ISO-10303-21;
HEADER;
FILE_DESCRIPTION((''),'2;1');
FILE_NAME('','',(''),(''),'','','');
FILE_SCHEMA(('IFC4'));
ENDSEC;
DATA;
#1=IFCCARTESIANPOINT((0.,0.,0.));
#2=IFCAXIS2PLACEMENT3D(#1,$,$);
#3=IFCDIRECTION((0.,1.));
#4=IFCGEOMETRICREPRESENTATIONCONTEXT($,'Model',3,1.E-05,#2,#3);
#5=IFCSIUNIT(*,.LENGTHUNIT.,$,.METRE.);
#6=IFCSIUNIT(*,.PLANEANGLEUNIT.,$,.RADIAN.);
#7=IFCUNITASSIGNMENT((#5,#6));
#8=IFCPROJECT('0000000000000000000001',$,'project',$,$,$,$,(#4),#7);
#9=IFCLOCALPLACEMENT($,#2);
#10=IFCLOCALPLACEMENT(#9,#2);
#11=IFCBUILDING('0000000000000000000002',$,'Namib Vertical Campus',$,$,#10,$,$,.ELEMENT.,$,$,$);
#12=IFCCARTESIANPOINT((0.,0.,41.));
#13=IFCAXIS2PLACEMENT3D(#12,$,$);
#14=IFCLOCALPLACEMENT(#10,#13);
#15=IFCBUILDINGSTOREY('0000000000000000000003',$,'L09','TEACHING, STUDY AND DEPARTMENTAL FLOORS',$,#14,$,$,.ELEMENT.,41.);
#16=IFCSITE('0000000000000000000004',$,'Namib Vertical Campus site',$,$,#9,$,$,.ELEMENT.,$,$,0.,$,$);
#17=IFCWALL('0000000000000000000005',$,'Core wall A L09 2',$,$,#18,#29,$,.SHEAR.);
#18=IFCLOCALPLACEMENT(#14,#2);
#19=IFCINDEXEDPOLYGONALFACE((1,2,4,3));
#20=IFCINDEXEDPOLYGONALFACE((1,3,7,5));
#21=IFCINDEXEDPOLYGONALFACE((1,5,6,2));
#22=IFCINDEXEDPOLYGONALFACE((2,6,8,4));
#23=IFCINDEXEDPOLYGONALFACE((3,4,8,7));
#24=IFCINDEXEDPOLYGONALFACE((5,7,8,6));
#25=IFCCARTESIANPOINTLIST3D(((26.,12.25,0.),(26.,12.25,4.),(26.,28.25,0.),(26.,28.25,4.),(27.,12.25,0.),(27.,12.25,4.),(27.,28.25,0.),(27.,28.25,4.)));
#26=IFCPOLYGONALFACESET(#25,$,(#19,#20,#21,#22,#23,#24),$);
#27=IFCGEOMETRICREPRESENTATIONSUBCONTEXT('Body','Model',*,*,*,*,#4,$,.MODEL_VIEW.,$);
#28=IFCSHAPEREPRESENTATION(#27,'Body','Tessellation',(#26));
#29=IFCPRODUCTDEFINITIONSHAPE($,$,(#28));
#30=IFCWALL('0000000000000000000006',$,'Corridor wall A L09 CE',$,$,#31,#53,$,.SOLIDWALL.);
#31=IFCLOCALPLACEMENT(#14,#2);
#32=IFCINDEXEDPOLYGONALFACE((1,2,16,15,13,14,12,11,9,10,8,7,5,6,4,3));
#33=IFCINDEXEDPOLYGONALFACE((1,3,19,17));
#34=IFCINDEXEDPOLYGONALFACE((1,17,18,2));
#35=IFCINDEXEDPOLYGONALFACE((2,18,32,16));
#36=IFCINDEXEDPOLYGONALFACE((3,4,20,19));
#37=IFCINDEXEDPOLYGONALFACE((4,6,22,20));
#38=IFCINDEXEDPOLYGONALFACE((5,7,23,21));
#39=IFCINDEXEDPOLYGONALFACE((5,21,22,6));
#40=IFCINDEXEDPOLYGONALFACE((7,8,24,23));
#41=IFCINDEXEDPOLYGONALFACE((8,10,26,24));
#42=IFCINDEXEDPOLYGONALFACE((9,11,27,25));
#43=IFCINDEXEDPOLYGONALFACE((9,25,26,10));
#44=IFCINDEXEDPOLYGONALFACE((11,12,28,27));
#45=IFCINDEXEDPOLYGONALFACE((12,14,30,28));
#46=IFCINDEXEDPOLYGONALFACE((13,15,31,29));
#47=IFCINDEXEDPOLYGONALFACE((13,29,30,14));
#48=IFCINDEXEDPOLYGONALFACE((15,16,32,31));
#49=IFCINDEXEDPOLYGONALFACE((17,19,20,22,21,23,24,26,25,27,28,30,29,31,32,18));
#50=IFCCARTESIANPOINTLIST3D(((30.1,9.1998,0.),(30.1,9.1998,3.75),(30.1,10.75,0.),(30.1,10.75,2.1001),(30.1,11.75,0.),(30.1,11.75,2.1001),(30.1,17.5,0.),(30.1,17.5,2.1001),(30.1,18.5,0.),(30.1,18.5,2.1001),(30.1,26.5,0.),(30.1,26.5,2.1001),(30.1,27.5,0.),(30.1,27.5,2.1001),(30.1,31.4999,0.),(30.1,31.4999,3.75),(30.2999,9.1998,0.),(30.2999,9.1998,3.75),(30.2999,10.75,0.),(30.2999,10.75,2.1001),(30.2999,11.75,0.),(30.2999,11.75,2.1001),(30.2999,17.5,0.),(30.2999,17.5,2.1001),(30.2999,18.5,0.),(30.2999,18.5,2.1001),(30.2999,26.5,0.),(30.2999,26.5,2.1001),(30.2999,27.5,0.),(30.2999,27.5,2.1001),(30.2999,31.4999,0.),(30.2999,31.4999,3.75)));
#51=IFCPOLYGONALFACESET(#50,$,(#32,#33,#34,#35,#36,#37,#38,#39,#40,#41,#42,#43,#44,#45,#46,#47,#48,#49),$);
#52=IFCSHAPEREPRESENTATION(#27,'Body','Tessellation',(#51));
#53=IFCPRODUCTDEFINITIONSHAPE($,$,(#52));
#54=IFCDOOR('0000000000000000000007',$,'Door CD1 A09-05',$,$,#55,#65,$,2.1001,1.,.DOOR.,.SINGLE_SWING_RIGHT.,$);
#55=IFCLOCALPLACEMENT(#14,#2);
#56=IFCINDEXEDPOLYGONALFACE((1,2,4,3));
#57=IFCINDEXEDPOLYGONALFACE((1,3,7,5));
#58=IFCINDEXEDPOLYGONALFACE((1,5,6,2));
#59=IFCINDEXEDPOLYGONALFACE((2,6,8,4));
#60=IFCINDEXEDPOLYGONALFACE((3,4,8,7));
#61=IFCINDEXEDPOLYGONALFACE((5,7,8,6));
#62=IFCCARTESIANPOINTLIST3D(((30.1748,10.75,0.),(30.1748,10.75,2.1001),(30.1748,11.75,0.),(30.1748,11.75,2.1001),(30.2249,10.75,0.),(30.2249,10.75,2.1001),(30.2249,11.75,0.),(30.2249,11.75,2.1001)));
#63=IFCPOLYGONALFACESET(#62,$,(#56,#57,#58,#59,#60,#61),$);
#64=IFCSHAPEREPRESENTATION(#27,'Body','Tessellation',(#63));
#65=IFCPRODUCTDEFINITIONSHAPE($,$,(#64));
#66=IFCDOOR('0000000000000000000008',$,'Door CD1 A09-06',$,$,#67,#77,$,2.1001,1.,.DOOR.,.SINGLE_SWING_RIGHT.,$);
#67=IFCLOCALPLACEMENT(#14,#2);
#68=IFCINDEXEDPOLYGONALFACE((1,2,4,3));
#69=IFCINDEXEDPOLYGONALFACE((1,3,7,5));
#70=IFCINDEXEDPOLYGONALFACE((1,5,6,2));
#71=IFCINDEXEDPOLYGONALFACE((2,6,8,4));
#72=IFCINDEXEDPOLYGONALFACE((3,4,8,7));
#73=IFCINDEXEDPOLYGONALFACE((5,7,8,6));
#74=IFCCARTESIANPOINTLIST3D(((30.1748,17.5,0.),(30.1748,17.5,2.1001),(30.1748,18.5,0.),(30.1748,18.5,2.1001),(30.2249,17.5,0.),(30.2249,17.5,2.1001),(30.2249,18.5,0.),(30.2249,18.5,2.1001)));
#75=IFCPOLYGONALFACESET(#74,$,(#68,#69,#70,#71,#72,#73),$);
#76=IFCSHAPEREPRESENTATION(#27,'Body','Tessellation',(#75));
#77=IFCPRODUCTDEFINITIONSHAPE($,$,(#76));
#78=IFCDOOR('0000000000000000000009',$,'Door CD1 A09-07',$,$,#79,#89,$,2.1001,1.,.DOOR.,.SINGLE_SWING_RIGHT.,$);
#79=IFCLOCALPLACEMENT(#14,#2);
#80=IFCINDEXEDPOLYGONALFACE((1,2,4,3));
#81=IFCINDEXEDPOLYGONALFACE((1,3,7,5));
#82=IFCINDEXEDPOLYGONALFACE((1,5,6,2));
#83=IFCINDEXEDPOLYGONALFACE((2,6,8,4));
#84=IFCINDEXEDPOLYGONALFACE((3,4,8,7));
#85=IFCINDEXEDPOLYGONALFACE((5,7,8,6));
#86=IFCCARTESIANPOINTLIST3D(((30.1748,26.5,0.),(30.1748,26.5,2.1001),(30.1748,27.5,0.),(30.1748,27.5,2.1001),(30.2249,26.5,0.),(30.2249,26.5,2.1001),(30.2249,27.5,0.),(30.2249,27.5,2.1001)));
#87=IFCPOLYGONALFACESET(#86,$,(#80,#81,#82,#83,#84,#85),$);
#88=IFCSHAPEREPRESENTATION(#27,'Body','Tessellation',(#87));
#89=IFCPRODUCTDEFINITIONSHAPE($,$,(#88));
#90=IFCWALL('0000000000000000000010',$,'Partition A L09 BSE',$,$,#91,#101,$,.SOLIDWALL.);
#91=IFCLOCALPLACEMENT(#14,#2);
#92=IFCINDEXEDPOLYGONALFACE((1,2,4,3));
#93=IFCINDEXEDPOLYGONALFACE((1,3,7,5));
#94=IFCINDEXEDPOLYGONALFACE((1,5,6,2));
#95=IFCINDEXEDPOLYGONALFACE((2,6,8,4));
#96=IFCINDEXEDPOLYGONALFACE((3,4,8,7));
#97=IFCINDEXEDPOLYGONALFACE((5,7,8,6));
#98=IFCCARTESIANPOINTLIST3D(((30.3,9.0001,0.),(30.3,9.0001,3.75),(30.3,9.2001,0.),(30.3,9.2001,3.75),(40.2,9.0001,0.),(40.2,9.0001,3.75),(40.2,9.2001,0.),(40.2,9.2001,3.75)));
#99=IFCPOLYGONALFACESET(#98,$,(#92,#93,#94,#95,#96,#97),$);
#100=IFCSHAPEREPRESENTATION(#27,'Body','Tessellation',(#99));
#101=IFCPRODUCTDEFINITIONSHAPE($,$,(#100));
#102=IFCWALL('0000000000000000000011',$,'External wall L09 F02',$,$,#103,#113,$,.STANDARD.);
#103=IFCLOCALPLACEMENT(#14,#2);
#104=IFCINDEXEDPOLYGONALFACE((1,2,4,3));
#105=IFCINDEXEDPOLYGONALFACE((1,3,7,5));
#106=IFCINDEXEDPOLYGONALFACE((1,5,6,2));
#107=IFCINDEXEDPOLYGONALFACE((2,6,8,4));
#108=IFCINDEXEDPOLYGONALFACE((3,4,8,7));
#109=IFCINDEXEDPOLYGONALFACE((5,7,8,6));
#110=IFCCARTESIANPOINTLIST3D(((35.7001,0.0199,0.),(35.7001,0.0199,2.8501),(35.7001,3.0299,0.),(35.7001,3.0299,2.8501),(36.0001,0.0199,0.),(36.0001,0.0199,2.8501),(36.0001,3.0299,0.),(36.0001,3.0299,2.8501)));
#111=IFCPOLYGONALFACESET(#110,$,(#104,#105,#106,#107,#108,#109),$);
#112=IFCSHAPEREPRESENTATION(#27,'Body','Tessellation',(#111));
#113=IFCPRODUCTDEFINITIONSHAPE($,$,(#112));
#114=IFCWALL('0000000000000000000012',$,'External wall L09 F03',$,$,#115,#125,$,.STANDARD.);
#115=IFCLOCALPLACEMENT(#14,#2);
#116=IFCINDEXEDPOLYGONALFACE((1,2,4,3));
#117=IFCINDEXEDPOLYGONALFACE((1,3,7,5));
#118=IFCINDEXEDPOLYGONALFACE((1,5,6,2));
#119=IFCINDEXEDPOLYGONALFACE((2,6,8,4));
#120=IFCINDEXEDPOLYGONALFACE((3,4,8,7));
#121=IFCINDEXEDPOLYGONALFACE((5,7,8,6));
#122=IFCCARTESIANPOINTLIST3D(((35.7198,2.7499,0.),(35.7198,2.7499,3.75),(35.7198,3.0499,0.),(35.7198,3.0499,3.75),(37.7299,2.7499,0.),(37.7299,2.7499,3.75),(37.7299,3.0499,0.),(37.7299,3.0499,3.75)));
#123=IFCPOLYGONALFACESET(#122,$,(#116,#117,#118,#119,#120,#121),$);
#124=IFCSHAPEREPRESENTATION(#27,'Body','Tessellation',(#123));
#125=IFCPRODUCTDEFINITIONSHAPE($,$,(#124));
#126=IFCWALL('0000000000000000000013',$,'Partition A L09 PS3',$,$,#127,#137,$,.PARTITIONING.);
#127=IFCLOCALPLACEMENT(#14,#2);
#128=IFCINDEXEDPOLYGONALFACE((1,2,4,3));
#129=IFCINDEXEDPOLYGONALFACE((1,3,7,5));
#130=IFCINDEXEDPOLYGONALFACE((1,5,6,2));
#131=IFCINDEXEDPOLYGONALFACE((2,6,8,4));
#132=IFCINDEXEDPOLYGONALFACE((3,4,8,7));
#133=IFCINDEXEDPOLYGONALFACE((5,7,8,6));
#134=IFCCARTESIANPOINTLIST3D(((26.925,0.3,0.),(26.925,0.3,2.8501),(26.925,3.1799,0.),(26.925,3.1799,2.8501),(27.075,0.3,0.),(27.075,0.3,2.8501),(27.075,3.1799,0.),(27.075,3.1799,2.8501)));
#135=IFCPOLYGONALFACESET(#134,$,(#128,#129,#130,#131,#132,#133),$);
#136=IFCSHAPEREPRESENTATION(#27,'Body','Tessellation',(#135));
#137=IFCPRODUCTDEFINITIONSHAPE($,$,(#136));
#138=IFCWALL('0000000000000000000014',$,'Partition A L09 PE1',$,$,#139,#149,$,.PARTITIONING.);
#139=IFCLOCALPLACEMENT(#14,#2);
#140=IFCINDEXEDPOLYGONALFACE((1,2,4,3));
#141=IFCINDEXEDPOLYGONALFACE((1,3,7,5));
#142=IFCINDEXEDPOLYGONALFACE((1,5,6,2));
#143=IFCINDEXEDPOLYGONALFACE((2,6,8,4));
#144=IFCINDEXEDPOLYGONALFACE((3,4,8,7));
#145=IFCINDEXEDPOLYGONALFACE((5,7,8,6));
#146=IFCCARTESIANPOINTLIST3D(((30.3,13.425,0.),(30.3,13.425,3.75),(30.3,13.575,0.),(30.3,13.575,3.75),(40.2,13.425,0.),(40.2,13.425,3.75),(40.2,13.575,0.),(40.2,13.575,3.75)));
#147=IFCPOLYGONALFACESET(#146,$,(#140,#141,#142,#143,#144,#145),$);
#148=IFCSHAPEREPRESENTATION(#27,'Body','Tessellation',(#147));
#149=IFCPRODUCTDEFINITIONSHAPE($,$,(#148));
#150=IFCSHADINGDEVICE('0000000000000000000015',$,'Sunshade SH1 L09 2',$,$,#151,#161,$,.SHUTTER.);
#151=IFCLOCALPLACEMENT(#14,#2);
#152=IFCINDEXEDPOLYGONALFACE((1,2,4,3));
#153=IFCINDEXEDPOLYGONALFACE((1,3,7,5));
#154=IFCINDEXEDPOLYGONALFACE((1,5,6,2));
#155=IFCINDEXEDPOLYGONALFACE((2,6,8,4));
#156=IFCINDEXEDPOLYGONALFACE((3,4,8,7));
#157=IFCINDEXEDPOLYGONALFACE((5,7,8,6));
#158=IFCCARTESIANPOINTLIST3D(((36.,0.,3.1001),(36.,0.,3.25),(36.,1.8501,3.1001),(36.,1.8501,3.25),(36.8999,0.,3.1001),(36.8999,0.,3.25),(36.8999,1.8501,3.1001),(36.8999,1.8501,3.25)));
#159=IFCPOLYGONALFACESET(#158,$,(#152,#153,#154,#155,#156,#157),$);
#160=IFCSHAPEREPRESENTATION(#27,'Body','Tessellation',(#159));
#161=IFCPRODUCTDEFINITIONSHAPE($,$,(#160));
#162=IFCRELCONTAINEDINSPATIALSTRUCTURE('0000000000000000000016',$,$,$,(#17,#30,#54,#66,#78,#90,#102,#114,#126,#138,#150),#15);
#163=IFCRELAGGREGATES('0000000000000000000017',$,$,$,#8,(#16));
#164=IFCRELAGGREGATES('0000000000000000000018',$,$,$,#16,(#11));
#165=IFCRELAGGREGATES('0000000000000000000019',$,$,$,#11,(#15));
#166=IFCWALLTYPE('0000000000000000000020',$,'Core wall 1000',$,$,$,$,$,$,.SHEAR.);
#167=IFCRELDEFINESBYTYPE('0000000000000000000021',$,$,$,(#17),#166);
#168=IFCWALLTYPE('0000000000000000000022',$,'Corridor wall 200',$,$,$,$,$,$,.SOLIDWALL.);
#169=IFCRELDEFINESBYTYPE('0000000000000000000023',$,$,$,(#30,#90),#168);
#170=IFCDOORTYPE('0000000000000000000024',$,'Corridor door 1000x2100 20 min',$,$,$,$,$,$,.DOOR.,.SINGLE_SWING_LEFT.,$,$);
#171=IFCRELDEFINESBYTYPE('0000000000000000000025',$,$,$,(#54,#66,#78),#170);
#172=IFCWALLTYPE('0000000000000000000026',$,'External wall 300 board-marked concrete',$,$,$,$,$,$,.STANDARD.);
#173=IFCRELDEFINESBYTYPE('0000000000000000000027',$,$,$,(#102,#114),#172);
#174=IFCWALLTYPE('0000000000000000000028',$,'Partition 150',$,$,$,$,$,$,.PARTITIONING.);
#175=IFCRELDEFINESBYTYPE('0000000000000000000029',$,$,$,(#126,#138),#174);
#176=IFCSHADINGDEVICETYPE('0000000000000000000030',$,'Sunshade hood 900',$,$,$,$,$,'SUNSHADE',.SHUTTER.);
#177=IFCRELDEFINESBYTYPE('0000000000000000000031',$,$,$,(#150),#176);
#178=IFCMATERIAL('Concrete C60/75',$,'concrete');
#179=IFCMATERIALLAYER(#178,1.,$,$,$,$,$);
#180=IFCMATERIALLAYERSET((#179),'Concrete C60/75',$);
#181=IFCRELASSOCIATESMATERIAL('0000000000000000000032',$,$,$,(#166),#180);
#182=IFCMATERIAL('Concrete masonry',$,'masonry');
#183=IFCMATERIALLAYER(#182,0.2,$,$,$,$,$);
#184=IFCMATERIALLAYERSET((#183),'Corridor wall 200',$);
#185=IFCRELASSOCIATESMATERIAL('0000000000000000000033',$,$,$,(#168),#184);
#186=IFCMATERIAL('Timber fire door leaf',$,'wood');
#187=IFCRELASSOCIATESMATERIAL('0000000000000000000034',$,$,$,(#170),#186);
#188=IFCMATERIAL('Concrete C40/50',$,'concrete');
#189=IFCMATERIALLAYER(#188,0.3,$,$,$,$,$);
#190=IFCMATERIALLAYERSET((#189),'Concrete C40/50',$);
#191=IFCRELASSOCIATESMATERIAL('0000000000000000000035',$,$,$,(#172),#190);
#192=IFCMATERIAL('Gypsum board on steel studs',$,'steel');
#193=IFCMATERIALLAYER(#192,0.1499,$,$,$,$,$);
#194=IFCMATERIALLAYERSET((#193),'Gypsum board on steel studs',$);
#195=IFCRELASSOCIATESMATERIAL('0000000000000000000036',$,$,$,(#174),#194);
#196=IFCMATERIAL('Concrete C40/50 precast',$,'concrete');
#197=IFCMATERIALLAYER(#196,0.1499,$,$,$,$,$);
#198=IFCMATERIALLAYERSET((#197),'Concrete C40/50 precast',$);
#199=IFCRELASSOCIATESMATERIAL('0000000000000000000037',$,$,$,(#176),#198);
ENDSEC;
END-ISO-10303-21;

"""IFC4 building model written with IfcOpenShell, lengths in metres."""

from ifc_helpers import new_model, si_unit, direction, frame, frame_2d, origin, origin_2d, place, context, subcontext, project, spatial, rectangle, extrude, material, layer, layer_set, type_object, element, fill, save


model = new_model("IFC4")

# Units and contexts
model_context = context("Model", 3, precision=1e-05, world=origin(), true_north=direction((0.0, 1.0)))
body_context = subcontext(model_context, "Body", "Model", "MODEL_VIEW")
ifc_project = project(units=[si_unit("LENGTHUNIT", "METRE"), si_unit("PLANEANGLEUNIT", "RADIAN")], contexts=[model_context])

# Site, building, storey
site_placement = place(None, origin())
site = spatial("IfcSite", under=ifc_project, at=site_placement, Name="Namib Vertical Campus site", CompositionType="ELEMENT", RefElevation=0.0)
building_placement = place(site_placement, origin())
building = spatial("IfcBuilding", under=site, at=building_placement, Name="Namib Vertical Campus", CompositionType="ELEMENT")
storey_placement = place(building_placement, frame((0.0, 0.0, 41.0)))
storey = spatial("IfcBuildingStorey", under=building, at=storey_placement, Name="L09", Description="TEACHING, STUDY AND DEPARTMENTAL FLOORS", CompositionType="ELEMENT", Elevation=41.0)

# Wall
ifc_material_1 = material(Name="Concrete C60/75", Category="concrete")
ifc_layer_1 = layer(ifc_material_1, 1.0)
ifc_layer_set_1 = layer_set([ifc_layer_1], Name="Concrete C60/75")
wall_type_1 = type_object("IfcWallType", Name="Core wall 1000", PredefinedType="SHEAR", material=ifc_layer_set_1)
wall_1_placement = place(storey_placement, frame((26.5, 12.25, 0.0), z_axis=(0.0, 0.0, 1.0), x_axis=(0.0, 1.0, 0.0)))
element("IfcWall", 1, at=wall_1_placement, inside=storey, type_object=wall_type_1, Name="Core wall A L09 2", PredefinedType="SHEAR", context=body_context, shape_type="SweptSolid", body=[
    extrude(rectangle(XDim=16.0, YDim=1.0, at=frame_2d((8.0, 0.0))), origin(), (0.0, 0.0, 1.0), 4.0),
])

# Wall, openings, doors
ifc_material_2 = material(Name="Concrete masonry", Category="masonry")
ifc_layer_2 = layer(ifc_material_2, 0.2)
ifc_layer_set_2 = layer_set([ifc_layer_2], Name="Corridor wall 200")
wall_type_2 = type_object("IfcWallType", Name="Corridor wall 200", PredefinedType="SOLIDWALL", material=ifc_layer_set_2)
wall_2_placement = place(storey_placement, frame((30.2, 9.2, 0.0), z_axis=(0.0, 0.0, 1.0), x_axis=(0.0, 1.0, 0.0)))
wall_2 = element("IfcWall", 2, at=wall_2_placement, inside=storey, type_object=wall_type_2, Name="Corridor wall A L09 CE", PredefinedType="SOLIDWALL", context=body_context, shape_type="SweptSolid", body=[
    extrude(rectangle(XDim=22.3, YDim=0.2, at=frame_2d((11.1499, 0.0))), origin(), (0.0, 0.0, 1.0), 3.75),
])
opening_1_placement = place(wall_2_placement, frame((1.55, 0.0, 0.0)))
opening_1 = element("IfcOpeningElement", 3, at=opening_1_placement, cuts=wall_2, PredefinedType="OPENING", context=body_context, shape_type="SweptSolid", body=[
    extrude(rectangle(XDim=1.0, YDim=2.1001, at=frame_2d((0.5, 1.05))), frame((0.0, 0.1099, 0.0), z_axis=(0.0, -1.0, 0.0), x_axis=(1.0, 0.0, 0.0)), (0.0, 0.0, 1.0), 0.22),
])
opening_2_placement = place(wall_2_placement, frame((8.3, 0.0, 0.0)))
opening_2 = element("IfcOpeningElement", 4, at=opening_2_placement, cuts=wall_2, PredefinedType="OPENING", context=body_context, shape_type="SweptSolid", body=[
    extrude(rectangle(XDim=1.0, YDim=2.1001, at=frame_2d((0.5, 1.05))), frame((0.0, 0.1099, 0.0), z_axis=(0.0, -1.0, 0.0), x_axis=(1.0, 0.0, 0.0)), (0.0, 0.0, 1.0), 0.22),
])
opening_3_placement = place(wall_2_placement, frame((17.3, 0.0, 0.0)))
opening_3 = element("IfcOpeningElement", 5, at=opening_3_placement, cuts=wall_2, PredefinedType="OPENING", context=body_context, shape_type="SweptSolid", body=[
    extrude(rectangle(XDim=1.0, YDim=2.1001, at=frame_2d((0.5, 1.05))), frame((0.0, 0.1099, 0.0), z_axis=(0.0, -1.0, 0.0), x_axis=(1.0, 0.0, 0.0)), (0.0, 0.0, 1.0), 0.22),
])
ifc_material_3 = material(Name="Timber fire door leaf", Category="wood")
door_type = type_object("IfcDoorType", Name="Corridor door 1000x2100 20 min", OperationType="SINGLE_SWING_LEFT", PredefinedType="DOOR", material=ifc_material_3)
door_1_placement = place(opening_1_placement, frame((1.0, 0.0, 0.0), z_axis=(0.0, 0.0, 1.0), x_axis=(-1.0, 0.0, 0.0)))
door_1 = element("IfcDoor", 6, at=door_1_placement, inside=storey, type_object=door_type, Name="Door CD1 A09-05", OperationType="SINGLE_SWING_RIGHT", OverallHeight=2.1001, OverallWidth=1.0, PredefinedType="DOOR", context=body_context, shape_type="SweptSolid", body=[
    extrude(rectangle(XDim=1.0, YDim=2.1001, at=frame_2d((0.5, 1.05))), frame((0.0, 0.0249, 0.0), z_axis=(0.0, -1.0, 0.0), x_axis=(1.0, 0.0, 0.0)), (0.0, 0.0, 1.0), 0.05),
])
fill(opening_1, door_1)
door_2_placement = place(opening_2_placement, frame((1.0, 0.0, 0.0), z_axis=(0.0, 0.0, 1.0), x_axis=(-1.0, 0.0, 0.0)))
door_2 = element("IfcDoor", 7, at=door_2_placement, inside=storey, type_object=door_type, Name="Door CD1 A09-06", OperationType="SINGLE_SWING_RIGHT", OverallHeight=2.1001, OverallWidth=1.0, PredefinedType="DOOR", context=body_context, shape_type="SweptSolid", body=[
    extrude(rectangle(XDim=1.0, YDim=2.1001, at=frame_2d((0.5, 1.05))), frame((0.0, 0.0249, 0.0), z_axis=(0.0, -1.0, 0.0), x_axis=(1.0, 0.0, 0.0)), (0.0, 0.0, 1.0), 0.05),
])
fill(opening_2, door_2)
door_3_placement = place(opening_3_placement, frame((1.0, 0.0, 0.0), z_axis=(0.0, 0.0, 1.0), x_axis=(-1.0, 0.0, 0.0)))
door_3 = element("IfcDoor", 8, at=door_3_placement, inside=storey, type_object=door_type, Name="Door CD1 A09-07", OperationType="SINGLE_SWING_RIGHT", OverallHeight=2.1001, OverallWidth=1.0, PredefinedType="DOOR", context=body_context, shape_type="SweptSolid", body=[
    extrude(rectangle(XDim=1.0, YDim=2.1001, at=frame_2d((0.5, 1.05))), frame((0.0, 0.0249, 0.0), z_axis=(0.0, -1.0, 0.0), x_axis=(1.0, 0.0, 0.0)), (0.0, 0.0, 1.0), 0.05),
])
fill(opening_3, door_3)

# Walls
wall_3_placement = place(storey_placement, frame((30.3, 9.1001, 0.0), z_axis=(0.0, 0.0, 1.0), x_axis=(1.0, 0.0, 0.0)))
element("IfcWall", 9, at=wall_3_placement, inside=storey, type_object=wall_type_2, Name="Partition A L09 BSE", PredefinedType="SOLIDWALL", context=body_context, shape_type="SweptSolid", body=[
    extrude(rectangle(XDim=9.8999, YDim=0.2, at=frame_2d((4.95, 0.0))), origin(), (0.0, 0.0, 1.0), 3.75),
])
ifc_material_4 = material(Name="Concrete C40/50", Category="concrete")
ifc_layer_3 = layer(ifc_material_4, 0.3)
ifc_layer_set_3 = layer_set([ifc_layer_3], Name="Concrete C40/50")
wall_type_3 = type_object("IfcWallType", Name="External wall 300 board-marked concrete", PredefinedType="STANDARD", material=ifc_layer_set_3)
wall_4_placement = place(storey_placement, frame((35.8501, 0.02, 0.0), z_axis=(0.0, 0.0, 1.0), x_axis=(0.0, 1.0, 0.0)))
element("IfcWall", 10, at=wall_4_placement, inside=storey, type_object=wall_type_3, Name="External wall L09 F02", PredefinedType="STANDARD", context=body_context, shape_type="SweptSolid", body=[
    extrude(rectangle(XDim=3.01, YDim=0.3, at=frame_2d((1.5049, 0.0))), origin(), (0.0, 0.0, 1.0), 2.8501),
])
wall_5_placement = place(storey_placement, frame((35.72, 2.8999, 0.0), z_axis=(0.0, 0.0, 1.0), x_axis=(1.0, 0.0, 0.0)))
element("IfcWall", 11, at=wall_5_placement, inside=storey, type_object=wall_type_3, Name="External wall L09 F03", PredefinedType="STANDARD", context=body_context, shape_type="SweptSolid", body=[
    extrude(rectangle(XDim=2.01, YDim=0.3, at=frame_2d((1.0049, 0.0))), origin(), (0.0, 0.0, 1.0), 3.75),
])
ifc_material_5 = material(Name="Gypsum board on steel studs", Category="steel")
ifc_layer_4 = layer(ifc_material_5, 0.1499)
ifc_layer_set_4 = layer_set([ifc_layer_4], Name="Gypsum board on steel studs")
wall_type_4 = type_object("IfcWallType", Name="Partition 150", PredefinedType="PARTITIONING", material=ifc_layer_set_4)
wall_6_placement = place(storey_placement, frame((27.0, 0.3, 0.0), z_axis=(0.0, 0.0, 1.0), x_axis=(0.0, 1.0, 0.0)))
element("IfcWall", 12, at=wall_6_placement, inside=storey, type_object=wall_type_4, Name="Partition A L09 PS3", PredefinedType="PARTITIONING", context=body_context, shape_type="SweptSolid", body=[
    extrude(rectangle(XDim=2.8799, YDim=0.1499, at=frame_2d((1.4399, 0.0))), origin(), (0.0, 0.0, 1.0), 2.8501),
])
wall_7_placement = place(storey_placement, frame((30.3, 13.5, 0.0), z_axis=(0.0, 0.0, 1.0), x_axis=(1.0, 0.0, 0.0)))
element("IfcWall", 13, at=wall_7_placement, inside=storey, type_object=wall_type_4, Name="Partition A L09 PE1", PredefinedType="PARTITIONING", context=body_context, shape_type="SweptSolid", body=[
    extrude(rectangle(XDim=9.8999, YDim=0.1499, at=frame_2d((4.95, 0.0))), origin(), (0.0, 0.0, 1.0), 3.75),
])

# Shading device
ifc_material_6 = material(Name="Concrete C40/50 precast", Category="concrete")
ifc_layer_5 = layer(ifc_material_6, 0.1499)
ifc_layer_set_5 = layer_set([ifc_layer_5], Name="Concrete C40/50 precast")
shading_device_type = type_object("IfcShadingDeviceType", Name="Sunshade hood 900", ElementType="SUNSHADE", PredefinedType="SHUTTER", material=ifc_layer_set_5)
shading_device_placement = place(storey_placement, frame((36.45, 0.925, 3.1001), z_axis=(0.0, 0.0, 1.0), x_axis=(0.0, 1.0, 0.0)))
element("IfcShadingDevice", 14, at=shading_device_placement, inside=storey, type_object=shading_device_type, Name="Sunshade SH1 L09 2", PredefinedType="SHUTTER", context=body_context, shape_type="SweptSolid", body=[
    extrude(rectangle(XDim=1.8501, YDim=0.8999, at=origin_2d()), origin(), (0.0, 0.0, 1.0), 0.1499),
])

save(model, "model.ifc")
